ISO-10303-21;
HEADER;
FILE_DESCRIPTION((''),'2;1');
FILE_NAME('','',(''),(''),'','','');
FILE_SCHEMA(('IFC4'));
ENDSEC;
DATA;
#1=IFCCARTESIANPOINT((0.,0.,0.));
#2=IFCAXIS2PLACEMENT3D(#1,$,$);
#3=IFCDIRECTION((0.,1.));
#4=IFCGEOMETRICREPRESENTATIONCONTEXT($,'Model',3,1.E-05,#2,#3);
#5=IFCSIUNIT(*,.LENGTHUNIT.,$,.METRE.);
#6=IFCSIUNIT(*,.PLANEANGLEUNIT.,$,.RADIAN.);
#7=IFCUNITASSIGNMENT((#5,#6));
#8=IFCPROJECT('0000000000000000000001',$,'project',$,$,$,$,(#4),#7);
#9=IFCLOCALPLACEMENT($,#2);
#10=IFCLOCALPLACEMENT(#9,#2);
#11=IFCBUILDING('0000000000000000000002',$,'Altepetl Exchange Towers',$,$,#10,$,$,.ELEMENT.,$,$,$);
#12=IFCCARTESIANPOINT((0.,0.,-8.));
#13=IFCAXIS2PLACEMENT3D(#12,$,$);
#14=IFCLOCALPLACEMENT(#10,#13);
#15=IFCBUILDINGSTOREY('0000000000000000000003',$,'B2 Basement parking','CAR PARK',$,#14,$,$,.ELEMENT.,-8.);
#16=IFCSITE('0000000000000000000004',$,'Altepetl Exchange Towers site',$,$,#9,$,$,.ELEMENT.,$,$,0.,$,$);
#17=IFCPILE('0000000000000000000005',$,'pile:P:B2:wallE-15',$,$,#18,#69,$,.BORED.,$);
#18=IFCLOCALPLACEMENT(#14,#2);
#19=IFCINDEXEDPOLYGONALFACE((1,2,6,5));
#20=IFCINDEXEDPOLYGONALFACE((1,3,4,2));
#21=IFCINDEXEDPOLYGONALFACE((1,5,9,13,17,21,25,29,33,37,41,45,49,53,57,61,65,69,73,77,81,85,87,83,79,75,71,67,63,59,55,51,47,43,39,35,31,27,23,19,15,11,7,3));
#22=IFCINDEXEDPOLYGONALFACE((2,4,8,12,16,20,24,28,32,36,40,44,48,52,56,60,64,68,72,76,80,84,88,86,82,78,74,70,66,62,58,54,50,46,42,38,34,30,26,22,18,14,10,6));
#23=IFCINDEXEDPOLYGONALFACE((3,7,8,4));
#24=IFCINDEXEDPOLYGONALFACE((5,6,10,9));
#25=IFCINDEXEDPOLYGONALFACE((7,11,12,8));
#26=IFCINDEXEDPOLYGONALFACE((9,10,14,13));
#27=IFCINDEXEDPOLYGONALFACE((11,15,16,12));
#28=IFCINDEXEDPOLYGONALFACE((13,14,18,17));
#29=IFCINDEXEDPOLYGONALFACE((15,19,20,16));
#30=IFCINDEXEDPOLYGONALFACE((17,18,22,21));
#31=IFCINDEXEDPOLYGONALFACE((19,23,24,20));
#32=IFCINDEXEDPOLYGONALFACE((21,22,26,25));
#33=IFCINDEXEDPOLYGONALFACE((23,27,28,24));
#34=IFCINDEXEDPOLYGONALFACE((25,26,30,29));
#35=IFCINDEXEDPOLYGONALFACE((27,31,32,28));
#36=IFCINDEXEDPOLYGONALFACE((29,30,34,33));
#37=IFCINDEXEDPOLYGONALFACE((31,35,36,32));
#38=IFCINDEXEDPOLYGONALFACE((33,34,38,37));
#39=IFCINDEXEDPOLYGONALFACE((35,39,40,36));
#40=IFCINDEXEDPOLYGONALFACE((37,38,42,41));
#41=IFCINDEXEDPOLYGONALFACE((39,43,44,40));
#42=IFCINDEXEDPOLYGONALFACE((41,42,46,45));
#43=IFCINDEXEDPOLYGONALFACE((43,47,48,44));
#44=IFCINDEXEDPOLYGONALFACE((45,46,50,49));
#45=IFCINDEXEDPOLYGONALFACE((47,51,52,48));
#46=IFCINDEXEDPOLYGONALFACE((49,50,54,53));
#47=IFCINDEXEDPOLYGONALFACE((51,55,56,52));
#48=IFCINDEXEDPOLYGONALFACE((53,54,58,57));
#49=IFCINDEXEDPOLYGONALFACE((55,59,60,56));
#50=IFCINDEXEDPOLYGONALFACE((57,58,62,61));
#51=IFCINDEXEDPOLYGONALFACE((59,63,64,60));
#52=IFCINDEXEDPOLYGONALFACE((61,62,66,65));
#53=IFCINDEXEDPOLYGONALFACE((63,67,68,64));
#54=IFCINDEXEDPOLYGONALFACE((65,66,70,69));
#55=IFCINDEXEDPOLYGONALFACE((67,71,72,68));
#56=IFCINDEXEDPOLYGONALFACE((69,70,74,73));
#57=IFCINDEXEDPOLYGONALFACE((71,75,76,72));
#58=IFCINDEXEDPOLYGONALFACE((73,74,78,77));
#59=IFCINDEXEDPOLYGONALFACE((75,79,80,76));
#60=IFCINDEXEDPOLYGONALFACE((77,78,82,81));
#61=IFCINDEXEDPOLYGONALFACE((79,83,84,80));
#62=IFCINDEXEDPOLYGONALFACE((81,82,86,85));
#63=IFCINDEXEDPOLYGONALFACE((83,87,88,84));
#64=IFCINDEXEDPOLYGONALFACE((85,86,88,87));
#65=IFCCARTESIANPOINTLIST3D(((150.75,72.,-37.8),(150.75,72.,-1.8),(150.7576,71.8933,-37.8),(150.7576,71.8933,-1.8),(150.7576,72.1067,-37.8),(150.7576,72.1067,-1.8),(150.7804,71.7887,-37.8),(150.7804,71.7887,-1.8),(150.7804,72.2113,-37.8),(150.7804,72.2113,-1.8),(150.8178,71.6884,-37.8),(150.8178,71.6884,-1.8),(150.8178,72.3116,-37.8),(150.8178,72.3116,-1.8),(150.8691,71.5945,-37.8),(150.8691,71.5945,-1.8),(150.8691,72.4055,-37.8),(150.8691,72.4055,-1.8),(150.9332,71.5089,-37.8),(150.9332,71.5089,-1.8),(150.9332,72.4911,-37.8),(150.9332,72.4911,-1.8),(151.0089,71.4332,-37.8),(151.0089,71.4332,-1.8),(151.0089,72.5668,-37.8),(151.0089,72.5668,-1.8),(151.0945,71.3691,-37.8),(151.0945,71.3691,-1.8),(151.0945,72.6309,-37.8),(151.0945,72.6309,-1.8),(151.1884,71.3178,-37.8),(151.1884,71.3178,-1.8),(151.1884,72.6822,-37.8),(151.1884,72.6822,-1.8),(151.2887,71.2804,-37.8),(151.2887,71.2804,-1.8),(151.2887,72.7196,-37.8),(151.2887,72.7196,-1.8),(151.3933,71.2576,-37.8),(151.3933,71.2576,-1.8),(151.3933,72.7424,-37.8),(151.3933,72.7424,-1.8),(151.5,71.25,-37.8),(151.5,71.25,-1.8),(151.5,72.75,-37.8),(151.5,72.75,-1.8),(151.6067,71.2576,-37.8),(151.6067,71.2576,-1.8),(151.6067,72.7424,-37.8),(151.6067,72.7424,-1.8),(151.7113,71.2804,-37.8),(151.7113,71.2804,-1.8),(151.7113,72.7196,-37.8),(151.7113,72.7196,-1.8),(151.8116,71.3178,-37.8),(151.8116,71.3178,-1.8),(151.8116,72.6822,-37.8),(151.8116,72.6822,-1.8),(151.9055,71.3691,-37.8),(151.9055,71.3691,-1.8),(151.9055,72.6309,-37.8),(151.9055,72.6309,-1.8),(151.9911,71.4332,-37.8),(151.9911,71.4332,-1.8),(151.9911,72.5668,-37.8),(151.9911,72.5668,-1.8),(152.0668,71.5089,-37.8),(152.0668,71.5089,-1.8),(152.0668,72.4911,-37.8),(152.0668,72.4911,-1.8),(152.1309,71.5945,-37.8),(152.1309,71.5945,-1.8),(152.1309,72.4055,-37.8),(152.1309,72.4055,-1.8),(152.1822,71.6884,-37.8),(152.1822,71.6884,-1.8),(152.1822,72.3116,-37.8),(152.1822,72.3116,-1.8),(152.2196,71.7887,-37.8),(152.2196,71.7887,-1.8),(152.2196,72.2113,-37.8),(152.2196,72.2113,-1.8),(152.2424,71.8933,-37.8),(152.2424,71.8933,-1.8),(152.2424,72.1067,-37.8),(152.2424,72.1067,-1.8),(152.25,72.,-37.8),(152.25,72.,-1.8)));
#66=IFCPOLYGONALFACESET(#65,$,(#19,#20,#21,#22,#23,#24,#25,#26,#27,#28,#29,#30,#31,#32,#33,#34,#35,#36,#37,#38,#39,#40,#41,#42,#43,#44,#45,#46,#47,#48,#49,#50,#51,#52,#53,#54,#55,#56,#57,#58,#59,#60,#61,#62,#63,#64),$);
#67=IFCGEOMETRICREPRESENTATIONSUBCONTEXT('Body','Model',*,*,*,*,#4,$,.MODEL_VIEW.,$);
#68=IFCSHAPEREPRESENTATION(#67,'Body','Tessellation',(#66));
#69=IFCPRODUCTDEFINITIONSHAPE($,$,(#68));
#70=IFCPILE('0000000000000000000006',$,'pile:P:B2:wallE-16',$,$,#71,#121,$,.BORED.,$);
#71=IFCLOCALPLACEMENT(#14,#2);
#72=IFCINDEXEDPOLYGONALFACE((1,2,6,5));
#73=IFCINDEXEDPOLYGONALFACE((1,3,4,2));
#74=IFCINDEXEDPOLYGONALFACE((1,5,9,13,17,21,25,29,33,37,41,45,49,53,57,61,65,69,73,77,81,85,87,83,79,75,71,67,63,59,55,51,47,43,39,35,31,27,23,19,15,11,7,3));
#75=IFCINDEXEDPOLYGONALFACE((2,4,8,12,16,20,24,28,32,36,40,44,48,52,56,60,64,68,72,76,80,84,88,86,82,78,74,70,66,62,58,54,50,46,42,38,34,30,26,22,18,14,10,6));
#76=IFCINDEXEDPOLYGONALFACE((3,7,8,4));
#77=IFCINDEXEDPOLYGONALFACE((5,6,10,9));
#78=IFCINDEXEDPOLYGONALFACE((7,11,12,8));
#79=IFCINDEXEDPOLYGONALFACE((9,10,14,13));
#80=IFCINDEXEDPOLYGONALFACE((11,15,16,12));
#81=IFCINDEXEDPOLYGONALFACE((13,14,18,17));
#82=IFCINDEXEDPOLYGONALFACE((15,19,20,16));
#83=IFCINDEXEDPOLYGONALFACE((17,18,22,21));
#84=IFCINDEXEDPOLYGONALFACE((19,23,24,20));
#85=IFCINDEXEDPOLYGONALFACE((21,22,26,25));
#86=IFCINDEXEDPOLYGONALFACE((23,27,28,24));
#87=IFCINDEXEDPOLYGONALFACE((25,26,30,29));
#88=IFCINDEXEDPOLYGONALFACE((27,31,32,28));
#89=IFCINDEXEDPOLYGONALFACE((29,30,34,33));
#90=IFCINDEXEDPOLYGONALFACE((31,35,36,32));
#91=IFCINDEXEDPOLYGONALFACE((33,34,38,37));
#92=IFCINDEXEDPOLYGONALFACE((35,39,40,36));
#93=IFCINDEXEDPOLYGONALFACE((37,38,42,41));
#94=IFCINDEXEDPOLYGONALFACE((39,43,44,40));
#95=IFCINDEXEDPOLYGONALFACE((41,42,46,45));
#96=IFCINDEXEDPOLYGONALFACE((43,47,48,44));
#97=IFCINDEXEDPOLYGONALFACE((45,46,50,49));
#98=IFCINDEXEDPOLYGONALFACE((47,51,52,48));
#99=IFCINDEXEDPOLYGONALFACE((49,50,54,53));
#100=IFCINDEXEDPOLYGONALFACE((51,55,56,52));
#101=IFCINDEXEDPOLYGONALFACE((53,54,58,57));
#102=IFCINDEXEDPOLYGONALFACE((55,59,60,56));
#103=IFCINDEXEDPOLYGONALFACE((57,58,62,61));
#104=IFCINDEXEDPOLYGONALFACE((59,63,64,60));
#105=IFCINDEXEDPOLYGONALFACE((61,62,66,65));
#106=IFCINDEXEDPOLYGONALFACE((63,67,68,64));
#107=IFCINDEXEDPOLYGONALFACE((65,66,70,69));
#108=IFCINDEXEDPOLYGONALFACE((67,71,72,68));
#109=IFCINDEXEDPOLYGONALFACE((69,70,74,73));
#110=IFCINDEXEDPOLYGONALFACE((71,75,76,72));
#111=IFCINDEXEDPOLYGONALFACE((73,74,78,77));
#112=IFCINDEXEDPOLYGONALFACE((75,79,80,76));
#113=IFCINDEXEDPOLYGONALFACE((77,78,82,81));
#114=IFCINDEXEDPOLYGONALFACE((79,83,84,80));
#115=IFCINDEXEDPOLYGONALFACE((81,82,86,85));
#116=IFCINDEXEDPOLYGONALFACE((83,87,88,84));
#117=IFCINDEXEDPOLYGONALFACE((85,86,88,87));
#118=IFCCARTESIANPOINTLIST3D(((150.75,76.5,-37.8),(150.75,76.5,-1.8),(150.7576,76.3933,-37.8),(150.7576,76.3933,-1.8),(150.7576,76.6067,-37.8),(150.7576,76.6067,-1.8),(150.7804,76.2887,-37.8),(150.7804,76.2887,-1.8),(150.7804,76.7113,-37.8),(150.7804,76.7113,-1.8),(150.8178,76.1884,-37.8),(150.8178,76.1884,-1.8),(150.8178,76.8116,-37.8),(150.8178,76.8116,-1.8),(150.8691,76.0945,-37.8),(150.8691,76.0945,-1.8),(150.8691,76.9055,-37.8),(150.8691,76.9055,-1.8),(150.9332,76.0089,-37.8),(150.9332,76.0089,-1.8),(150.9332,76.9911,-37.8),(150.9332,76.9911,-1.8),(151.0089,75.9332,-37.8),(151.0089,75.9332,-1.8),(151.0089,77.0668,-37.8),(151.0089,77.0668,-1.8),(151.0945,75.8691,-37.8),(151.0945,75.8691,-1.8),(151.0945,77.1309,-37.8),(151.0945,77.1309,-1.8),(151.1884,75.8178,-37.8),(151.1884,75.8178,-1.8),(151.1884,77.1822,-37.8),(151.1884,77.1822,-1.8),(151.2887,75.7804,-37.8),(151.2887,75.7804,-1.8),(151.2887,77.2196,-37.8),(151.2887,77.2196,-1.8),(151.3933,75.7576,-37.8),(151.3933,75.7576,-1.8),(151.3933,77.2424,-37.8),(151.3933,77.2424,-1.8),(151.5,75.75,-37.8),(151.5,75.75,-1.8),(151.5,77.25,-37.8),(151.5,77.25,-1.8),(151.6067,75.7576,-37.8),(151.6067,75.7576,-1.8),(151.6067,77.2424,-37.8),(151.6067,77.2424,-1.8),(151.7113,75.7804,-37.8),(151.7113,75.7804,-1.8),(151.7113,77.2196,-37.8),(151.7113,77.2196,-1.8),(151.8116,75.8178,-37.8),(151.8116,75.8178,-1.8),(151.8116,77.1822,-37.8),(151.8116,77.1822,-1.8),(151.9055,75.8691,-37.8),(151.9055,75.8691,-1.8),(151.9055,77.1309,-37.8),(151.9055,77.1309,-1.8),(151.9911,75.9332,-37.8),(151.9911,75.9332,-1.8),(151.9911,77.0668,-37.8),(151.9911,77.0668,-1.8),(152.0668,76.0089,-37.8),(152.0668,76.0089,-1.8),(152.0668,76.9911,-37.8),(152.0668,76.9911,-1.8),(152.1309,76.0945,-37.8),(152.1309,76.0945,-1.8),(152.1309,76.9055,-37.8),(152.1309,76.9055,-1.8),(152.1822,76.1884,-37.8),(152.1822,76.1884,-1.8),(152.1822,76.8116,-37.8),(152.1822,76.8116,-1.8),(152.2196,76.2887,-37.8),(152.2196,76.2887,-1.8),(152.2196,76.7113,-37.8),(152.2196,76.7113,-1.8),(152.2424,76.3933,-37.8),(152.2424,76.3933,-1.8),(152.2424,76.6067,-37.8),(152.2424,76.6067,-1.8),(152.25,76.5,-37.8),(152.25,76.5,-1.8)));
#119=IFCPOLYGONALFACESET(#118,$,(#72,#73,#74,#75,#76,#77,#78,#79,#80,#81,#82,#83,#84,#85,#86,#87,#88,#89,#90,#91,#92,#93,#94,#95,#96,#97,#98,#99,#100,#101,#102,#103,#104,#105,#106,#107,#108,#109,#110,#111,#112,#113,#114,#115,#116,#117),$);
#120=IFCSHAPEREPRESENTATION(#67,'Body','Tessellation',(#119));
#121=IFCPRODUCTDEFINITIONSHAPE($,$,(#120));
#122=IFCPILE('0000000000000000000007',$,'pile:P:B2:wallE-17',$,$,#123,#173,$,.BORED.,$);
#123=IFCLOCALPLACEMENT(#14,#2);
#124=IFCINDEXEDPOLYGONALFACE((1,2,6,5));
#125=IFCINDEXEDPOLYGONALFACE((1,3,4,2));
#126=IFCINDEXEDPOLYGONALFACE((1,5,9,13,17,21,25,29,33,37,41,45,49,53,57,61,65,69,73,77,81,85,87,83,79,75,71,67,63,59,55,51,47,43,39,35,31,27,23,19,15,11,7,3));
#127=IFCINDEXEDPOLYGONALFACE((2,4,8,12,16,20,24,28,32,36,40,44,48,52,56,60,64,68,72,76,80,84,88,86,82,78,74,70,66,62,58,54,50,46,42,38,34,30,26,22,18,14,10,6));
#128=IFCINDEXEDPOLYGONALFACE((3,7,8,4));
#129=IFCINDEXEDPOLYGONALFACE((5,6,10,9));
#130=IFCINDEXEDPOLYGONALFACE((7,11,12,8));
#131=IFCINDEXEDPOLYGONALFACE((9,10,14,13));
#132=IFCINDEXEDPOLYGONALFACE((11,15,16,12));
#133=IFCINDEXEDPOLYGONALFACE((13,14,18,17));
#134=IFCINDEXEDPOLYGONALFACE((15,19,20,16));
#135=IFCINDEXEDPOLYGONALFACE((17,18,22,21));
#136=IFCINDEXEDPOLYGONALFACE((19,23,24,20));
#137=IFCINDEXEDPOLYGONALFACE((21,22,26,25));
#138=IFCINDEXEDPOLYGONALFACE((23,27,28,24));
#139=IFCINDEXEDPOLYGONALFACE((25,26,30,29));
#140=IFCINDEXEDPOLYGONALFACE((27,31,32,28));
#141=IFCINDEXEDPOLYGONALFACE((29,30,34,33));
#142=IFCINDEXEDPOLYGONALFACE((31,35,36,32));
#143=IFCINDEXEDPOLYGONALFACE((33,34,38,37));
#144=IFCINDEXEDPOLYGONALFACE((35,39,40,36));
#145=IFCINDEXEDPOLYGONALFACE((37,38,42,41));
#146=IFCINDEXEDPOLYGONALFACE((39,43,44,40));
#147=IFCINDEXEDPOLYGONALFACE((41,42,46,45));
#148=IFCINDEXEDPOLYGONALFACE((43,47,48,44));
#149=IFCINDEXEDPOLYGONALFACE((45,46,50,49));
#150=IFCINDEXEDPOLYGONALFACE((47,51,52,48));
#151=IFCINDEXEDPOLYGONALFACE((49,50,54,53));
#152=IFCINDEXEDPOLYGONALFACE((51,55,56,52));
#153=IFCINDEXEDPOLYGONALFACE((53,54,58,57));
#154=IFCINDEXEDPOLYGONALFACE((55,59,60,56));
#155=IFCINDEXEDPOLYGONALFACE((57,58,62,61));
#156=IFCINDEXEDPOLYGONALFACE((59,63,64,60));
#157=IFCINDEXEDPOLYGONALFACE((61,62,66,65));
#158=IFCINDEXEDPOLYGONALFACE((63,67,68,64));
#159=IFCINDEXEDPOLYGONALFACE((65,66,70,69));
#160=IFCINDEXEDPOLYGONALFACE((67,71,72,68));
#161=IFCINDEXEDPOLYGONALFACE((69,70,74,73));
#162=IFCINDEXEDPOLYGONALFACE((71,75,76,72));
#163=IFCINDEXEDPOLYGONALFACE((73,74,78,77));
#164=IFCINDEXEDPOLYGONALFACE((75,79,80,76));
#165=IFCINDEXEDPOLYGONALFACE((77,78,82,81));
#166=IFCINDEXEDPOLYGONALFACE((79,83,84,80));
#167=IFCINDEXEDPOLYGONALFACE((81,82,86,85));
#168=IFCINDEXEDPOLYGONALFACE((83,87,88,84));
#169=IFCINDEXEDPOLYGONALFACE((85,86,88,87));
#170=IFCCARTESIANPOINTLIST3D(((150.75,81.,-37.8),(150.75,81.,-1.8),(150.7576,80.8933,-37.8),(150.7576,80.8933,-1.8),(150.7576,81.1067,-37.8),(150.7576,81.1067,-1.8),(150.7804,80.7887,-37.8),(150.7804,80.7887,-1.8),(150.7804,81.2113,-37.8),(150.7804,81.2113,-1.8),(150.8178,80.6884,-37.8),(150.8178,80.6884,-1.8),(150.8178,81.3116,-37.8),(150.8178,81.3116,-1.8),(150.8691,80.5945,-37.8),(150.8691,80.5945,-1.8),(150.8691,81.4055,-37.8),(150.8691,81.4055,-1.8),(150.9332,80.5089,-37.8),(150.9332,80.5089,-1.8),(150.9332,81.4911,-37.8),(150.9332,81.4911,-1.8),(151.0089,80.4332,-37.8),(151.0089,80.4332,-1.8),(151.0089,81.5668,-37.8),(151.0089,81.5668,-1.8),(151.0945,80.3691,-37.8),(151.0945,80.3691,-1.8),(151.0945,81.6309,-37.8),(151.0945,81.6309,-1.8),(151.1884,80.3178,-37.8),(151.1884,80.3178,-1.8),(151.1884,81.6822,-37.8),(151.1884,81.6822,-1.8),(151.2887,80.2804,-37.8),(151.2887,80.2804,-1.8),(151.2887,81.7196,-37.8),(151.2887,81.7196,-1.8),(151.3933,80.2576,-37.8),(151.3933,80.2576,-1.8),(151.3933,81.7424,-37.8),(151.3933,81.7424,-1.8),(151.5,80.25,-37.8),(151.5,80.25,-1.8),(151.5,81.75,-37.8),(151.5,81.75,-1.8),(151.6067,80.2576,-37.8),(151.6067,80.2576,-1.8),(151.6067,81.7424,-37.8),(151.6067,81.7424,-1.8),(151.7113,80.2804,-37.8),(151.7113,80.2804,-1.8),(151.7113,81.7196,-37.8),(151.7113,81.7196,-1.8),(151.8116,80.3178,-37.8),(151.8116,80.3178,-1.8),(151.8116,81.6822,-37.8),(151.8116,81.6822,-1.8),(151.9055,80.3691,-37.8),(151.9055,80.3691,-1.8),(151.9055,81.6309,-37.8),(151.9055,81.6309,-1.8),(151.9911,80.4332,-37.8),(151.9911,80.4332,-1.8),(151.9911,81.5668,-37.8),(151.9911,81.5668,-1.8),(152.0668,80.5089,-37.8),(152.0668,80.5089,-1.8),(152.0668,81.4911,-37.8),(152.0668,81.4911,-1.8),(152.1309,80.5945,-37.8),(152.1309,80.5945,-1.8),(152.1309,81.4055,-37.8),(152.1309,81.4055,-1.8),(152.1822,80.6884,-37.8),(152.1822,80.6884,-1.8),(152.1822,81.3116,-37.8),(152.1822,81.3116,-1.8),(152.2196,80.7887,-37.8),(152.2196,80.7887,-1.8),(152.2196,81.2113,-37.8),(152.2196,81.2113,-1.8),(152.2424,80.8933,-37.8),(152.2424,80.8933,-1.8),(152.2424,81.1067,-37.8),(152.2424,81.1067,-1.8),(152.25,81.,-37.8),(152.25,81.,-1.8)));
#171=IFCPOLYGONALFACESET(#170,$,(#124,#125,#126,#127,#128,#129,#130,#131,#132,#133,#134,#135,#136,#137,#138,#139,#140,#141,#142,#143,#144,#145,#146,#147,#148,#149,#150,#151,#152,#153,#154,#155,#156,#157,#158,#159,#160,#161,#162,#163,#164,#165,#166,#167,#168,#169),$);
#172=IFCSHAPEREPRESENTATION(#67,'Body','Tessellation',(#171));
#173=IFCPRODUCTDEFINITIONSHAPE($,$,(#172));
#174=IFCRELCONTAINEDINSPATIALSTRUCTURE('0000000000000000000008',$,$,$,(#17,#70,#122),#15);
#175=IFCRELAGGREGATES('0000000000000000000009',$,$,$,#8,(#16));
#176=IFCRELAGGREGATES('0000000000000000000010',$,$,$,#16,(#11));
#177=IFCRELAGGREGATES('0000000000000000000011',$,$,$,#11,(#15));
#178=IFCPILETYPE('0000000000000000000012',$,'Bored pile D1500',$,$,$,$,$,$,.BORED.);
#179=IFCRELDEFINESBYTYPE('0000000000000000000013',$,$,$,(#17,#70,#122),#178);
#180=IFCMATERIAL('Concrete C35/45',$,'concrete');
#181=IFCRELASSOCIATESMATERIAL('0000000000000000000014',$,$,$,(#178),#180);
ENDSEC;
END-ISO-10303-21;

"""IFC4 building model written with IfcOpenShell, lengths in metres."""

from ifc_helpers import new_model, si_unit, direction, frame, origin, origin_2d, place, context, subcontext, project, spatial, circle, extrude, material, material_profile, profile_set, type_object, element, save


model = new_model("IFC4")

# Units and contexts
model_context = context("Model", 3, precision=1e-05, world=origin(), true_north=direction((0.0, 1.0)))
body_context = subcontext(model_context, "Body", "Model", "MODEL_VIEW")
ifc_project = project(units=[si_unit("LENGTHUNIT", "METRE"), si_unit("PLANEANGLEUNIT", "RADIAN")], contexts=[model_context])

# Site, building, storey
site_placement = place(None, origin())
site = spatial("IfcSite", under=ifc_project, at=site_placement, Name="Altepetl Exchange Towers site", CompositionType="ELEMENT", RefElevation=0.0)
building_placement = place(site_placement, origin())
building = spatial("IfcBuilding", under=site, at=building_placement, Name="Altepetl Exchange Towers", CompositionType="ELEMENT")
storey_placement = place(building_placement, frame((0.0, 0.0, -8.0)))
storey = spatial("IfcBuildingStorey", under=building, at=storey_placement, Name="B2 Basement parking", Description="CAR PARK", CompositionType="ELEMENT", Elevation=-8.0)

# Piles
ifc_material_1 = material(Name="Concrete C35/45", Category="concrete")
ifc_material_profile_1 = material_profile(ifc_material_1, circle(Radius=0.75, at=origin_2d()), Name="D1500")
ifc_profile_set_1 = profile_set([ifc_material_profile_1], Name="Concrete C35/45")
pile_type_1 = type_object("IfcPileType", Name="Bored pile D1500", PredefinedType="BORED", material=ifc_profile_set_1)
for number, where, z_axis, x_axis, name in (
    (1, (151.5, 72.0, -1.8), (0.0, 0.0, -1.0), (1.0, 0.0, 0.0), "pile:P:B2:wallE-15"),
    (2, (151.5, 76.5, -1.8), (0.0, 0.0, -1.0), (1.0, 0.0, 0.0), "pile:P:B2:wallE-16"),
    (3, (151.5, 81.0, -1.8), (0.0, 0.0, -1.0), (1.0, 0.0, 0.0), "pile:P:B2:wallE-17"),
):
    element("IfcPile", number, at=place(storey_placement, frame(where, z_axis=z_axis, x_axis=x_axis)), inside=storey, type_object=pile_type_1, Name=name, PredefinedType="BORED", context=body_context, shape_type="SweptSolid", body=[
        extrude(circle(Radius=0.75, at=origin_2d()), origin(), (0.0, 0.0, 1.0), 36.0),
    ])

save(model, "model.ifc")
